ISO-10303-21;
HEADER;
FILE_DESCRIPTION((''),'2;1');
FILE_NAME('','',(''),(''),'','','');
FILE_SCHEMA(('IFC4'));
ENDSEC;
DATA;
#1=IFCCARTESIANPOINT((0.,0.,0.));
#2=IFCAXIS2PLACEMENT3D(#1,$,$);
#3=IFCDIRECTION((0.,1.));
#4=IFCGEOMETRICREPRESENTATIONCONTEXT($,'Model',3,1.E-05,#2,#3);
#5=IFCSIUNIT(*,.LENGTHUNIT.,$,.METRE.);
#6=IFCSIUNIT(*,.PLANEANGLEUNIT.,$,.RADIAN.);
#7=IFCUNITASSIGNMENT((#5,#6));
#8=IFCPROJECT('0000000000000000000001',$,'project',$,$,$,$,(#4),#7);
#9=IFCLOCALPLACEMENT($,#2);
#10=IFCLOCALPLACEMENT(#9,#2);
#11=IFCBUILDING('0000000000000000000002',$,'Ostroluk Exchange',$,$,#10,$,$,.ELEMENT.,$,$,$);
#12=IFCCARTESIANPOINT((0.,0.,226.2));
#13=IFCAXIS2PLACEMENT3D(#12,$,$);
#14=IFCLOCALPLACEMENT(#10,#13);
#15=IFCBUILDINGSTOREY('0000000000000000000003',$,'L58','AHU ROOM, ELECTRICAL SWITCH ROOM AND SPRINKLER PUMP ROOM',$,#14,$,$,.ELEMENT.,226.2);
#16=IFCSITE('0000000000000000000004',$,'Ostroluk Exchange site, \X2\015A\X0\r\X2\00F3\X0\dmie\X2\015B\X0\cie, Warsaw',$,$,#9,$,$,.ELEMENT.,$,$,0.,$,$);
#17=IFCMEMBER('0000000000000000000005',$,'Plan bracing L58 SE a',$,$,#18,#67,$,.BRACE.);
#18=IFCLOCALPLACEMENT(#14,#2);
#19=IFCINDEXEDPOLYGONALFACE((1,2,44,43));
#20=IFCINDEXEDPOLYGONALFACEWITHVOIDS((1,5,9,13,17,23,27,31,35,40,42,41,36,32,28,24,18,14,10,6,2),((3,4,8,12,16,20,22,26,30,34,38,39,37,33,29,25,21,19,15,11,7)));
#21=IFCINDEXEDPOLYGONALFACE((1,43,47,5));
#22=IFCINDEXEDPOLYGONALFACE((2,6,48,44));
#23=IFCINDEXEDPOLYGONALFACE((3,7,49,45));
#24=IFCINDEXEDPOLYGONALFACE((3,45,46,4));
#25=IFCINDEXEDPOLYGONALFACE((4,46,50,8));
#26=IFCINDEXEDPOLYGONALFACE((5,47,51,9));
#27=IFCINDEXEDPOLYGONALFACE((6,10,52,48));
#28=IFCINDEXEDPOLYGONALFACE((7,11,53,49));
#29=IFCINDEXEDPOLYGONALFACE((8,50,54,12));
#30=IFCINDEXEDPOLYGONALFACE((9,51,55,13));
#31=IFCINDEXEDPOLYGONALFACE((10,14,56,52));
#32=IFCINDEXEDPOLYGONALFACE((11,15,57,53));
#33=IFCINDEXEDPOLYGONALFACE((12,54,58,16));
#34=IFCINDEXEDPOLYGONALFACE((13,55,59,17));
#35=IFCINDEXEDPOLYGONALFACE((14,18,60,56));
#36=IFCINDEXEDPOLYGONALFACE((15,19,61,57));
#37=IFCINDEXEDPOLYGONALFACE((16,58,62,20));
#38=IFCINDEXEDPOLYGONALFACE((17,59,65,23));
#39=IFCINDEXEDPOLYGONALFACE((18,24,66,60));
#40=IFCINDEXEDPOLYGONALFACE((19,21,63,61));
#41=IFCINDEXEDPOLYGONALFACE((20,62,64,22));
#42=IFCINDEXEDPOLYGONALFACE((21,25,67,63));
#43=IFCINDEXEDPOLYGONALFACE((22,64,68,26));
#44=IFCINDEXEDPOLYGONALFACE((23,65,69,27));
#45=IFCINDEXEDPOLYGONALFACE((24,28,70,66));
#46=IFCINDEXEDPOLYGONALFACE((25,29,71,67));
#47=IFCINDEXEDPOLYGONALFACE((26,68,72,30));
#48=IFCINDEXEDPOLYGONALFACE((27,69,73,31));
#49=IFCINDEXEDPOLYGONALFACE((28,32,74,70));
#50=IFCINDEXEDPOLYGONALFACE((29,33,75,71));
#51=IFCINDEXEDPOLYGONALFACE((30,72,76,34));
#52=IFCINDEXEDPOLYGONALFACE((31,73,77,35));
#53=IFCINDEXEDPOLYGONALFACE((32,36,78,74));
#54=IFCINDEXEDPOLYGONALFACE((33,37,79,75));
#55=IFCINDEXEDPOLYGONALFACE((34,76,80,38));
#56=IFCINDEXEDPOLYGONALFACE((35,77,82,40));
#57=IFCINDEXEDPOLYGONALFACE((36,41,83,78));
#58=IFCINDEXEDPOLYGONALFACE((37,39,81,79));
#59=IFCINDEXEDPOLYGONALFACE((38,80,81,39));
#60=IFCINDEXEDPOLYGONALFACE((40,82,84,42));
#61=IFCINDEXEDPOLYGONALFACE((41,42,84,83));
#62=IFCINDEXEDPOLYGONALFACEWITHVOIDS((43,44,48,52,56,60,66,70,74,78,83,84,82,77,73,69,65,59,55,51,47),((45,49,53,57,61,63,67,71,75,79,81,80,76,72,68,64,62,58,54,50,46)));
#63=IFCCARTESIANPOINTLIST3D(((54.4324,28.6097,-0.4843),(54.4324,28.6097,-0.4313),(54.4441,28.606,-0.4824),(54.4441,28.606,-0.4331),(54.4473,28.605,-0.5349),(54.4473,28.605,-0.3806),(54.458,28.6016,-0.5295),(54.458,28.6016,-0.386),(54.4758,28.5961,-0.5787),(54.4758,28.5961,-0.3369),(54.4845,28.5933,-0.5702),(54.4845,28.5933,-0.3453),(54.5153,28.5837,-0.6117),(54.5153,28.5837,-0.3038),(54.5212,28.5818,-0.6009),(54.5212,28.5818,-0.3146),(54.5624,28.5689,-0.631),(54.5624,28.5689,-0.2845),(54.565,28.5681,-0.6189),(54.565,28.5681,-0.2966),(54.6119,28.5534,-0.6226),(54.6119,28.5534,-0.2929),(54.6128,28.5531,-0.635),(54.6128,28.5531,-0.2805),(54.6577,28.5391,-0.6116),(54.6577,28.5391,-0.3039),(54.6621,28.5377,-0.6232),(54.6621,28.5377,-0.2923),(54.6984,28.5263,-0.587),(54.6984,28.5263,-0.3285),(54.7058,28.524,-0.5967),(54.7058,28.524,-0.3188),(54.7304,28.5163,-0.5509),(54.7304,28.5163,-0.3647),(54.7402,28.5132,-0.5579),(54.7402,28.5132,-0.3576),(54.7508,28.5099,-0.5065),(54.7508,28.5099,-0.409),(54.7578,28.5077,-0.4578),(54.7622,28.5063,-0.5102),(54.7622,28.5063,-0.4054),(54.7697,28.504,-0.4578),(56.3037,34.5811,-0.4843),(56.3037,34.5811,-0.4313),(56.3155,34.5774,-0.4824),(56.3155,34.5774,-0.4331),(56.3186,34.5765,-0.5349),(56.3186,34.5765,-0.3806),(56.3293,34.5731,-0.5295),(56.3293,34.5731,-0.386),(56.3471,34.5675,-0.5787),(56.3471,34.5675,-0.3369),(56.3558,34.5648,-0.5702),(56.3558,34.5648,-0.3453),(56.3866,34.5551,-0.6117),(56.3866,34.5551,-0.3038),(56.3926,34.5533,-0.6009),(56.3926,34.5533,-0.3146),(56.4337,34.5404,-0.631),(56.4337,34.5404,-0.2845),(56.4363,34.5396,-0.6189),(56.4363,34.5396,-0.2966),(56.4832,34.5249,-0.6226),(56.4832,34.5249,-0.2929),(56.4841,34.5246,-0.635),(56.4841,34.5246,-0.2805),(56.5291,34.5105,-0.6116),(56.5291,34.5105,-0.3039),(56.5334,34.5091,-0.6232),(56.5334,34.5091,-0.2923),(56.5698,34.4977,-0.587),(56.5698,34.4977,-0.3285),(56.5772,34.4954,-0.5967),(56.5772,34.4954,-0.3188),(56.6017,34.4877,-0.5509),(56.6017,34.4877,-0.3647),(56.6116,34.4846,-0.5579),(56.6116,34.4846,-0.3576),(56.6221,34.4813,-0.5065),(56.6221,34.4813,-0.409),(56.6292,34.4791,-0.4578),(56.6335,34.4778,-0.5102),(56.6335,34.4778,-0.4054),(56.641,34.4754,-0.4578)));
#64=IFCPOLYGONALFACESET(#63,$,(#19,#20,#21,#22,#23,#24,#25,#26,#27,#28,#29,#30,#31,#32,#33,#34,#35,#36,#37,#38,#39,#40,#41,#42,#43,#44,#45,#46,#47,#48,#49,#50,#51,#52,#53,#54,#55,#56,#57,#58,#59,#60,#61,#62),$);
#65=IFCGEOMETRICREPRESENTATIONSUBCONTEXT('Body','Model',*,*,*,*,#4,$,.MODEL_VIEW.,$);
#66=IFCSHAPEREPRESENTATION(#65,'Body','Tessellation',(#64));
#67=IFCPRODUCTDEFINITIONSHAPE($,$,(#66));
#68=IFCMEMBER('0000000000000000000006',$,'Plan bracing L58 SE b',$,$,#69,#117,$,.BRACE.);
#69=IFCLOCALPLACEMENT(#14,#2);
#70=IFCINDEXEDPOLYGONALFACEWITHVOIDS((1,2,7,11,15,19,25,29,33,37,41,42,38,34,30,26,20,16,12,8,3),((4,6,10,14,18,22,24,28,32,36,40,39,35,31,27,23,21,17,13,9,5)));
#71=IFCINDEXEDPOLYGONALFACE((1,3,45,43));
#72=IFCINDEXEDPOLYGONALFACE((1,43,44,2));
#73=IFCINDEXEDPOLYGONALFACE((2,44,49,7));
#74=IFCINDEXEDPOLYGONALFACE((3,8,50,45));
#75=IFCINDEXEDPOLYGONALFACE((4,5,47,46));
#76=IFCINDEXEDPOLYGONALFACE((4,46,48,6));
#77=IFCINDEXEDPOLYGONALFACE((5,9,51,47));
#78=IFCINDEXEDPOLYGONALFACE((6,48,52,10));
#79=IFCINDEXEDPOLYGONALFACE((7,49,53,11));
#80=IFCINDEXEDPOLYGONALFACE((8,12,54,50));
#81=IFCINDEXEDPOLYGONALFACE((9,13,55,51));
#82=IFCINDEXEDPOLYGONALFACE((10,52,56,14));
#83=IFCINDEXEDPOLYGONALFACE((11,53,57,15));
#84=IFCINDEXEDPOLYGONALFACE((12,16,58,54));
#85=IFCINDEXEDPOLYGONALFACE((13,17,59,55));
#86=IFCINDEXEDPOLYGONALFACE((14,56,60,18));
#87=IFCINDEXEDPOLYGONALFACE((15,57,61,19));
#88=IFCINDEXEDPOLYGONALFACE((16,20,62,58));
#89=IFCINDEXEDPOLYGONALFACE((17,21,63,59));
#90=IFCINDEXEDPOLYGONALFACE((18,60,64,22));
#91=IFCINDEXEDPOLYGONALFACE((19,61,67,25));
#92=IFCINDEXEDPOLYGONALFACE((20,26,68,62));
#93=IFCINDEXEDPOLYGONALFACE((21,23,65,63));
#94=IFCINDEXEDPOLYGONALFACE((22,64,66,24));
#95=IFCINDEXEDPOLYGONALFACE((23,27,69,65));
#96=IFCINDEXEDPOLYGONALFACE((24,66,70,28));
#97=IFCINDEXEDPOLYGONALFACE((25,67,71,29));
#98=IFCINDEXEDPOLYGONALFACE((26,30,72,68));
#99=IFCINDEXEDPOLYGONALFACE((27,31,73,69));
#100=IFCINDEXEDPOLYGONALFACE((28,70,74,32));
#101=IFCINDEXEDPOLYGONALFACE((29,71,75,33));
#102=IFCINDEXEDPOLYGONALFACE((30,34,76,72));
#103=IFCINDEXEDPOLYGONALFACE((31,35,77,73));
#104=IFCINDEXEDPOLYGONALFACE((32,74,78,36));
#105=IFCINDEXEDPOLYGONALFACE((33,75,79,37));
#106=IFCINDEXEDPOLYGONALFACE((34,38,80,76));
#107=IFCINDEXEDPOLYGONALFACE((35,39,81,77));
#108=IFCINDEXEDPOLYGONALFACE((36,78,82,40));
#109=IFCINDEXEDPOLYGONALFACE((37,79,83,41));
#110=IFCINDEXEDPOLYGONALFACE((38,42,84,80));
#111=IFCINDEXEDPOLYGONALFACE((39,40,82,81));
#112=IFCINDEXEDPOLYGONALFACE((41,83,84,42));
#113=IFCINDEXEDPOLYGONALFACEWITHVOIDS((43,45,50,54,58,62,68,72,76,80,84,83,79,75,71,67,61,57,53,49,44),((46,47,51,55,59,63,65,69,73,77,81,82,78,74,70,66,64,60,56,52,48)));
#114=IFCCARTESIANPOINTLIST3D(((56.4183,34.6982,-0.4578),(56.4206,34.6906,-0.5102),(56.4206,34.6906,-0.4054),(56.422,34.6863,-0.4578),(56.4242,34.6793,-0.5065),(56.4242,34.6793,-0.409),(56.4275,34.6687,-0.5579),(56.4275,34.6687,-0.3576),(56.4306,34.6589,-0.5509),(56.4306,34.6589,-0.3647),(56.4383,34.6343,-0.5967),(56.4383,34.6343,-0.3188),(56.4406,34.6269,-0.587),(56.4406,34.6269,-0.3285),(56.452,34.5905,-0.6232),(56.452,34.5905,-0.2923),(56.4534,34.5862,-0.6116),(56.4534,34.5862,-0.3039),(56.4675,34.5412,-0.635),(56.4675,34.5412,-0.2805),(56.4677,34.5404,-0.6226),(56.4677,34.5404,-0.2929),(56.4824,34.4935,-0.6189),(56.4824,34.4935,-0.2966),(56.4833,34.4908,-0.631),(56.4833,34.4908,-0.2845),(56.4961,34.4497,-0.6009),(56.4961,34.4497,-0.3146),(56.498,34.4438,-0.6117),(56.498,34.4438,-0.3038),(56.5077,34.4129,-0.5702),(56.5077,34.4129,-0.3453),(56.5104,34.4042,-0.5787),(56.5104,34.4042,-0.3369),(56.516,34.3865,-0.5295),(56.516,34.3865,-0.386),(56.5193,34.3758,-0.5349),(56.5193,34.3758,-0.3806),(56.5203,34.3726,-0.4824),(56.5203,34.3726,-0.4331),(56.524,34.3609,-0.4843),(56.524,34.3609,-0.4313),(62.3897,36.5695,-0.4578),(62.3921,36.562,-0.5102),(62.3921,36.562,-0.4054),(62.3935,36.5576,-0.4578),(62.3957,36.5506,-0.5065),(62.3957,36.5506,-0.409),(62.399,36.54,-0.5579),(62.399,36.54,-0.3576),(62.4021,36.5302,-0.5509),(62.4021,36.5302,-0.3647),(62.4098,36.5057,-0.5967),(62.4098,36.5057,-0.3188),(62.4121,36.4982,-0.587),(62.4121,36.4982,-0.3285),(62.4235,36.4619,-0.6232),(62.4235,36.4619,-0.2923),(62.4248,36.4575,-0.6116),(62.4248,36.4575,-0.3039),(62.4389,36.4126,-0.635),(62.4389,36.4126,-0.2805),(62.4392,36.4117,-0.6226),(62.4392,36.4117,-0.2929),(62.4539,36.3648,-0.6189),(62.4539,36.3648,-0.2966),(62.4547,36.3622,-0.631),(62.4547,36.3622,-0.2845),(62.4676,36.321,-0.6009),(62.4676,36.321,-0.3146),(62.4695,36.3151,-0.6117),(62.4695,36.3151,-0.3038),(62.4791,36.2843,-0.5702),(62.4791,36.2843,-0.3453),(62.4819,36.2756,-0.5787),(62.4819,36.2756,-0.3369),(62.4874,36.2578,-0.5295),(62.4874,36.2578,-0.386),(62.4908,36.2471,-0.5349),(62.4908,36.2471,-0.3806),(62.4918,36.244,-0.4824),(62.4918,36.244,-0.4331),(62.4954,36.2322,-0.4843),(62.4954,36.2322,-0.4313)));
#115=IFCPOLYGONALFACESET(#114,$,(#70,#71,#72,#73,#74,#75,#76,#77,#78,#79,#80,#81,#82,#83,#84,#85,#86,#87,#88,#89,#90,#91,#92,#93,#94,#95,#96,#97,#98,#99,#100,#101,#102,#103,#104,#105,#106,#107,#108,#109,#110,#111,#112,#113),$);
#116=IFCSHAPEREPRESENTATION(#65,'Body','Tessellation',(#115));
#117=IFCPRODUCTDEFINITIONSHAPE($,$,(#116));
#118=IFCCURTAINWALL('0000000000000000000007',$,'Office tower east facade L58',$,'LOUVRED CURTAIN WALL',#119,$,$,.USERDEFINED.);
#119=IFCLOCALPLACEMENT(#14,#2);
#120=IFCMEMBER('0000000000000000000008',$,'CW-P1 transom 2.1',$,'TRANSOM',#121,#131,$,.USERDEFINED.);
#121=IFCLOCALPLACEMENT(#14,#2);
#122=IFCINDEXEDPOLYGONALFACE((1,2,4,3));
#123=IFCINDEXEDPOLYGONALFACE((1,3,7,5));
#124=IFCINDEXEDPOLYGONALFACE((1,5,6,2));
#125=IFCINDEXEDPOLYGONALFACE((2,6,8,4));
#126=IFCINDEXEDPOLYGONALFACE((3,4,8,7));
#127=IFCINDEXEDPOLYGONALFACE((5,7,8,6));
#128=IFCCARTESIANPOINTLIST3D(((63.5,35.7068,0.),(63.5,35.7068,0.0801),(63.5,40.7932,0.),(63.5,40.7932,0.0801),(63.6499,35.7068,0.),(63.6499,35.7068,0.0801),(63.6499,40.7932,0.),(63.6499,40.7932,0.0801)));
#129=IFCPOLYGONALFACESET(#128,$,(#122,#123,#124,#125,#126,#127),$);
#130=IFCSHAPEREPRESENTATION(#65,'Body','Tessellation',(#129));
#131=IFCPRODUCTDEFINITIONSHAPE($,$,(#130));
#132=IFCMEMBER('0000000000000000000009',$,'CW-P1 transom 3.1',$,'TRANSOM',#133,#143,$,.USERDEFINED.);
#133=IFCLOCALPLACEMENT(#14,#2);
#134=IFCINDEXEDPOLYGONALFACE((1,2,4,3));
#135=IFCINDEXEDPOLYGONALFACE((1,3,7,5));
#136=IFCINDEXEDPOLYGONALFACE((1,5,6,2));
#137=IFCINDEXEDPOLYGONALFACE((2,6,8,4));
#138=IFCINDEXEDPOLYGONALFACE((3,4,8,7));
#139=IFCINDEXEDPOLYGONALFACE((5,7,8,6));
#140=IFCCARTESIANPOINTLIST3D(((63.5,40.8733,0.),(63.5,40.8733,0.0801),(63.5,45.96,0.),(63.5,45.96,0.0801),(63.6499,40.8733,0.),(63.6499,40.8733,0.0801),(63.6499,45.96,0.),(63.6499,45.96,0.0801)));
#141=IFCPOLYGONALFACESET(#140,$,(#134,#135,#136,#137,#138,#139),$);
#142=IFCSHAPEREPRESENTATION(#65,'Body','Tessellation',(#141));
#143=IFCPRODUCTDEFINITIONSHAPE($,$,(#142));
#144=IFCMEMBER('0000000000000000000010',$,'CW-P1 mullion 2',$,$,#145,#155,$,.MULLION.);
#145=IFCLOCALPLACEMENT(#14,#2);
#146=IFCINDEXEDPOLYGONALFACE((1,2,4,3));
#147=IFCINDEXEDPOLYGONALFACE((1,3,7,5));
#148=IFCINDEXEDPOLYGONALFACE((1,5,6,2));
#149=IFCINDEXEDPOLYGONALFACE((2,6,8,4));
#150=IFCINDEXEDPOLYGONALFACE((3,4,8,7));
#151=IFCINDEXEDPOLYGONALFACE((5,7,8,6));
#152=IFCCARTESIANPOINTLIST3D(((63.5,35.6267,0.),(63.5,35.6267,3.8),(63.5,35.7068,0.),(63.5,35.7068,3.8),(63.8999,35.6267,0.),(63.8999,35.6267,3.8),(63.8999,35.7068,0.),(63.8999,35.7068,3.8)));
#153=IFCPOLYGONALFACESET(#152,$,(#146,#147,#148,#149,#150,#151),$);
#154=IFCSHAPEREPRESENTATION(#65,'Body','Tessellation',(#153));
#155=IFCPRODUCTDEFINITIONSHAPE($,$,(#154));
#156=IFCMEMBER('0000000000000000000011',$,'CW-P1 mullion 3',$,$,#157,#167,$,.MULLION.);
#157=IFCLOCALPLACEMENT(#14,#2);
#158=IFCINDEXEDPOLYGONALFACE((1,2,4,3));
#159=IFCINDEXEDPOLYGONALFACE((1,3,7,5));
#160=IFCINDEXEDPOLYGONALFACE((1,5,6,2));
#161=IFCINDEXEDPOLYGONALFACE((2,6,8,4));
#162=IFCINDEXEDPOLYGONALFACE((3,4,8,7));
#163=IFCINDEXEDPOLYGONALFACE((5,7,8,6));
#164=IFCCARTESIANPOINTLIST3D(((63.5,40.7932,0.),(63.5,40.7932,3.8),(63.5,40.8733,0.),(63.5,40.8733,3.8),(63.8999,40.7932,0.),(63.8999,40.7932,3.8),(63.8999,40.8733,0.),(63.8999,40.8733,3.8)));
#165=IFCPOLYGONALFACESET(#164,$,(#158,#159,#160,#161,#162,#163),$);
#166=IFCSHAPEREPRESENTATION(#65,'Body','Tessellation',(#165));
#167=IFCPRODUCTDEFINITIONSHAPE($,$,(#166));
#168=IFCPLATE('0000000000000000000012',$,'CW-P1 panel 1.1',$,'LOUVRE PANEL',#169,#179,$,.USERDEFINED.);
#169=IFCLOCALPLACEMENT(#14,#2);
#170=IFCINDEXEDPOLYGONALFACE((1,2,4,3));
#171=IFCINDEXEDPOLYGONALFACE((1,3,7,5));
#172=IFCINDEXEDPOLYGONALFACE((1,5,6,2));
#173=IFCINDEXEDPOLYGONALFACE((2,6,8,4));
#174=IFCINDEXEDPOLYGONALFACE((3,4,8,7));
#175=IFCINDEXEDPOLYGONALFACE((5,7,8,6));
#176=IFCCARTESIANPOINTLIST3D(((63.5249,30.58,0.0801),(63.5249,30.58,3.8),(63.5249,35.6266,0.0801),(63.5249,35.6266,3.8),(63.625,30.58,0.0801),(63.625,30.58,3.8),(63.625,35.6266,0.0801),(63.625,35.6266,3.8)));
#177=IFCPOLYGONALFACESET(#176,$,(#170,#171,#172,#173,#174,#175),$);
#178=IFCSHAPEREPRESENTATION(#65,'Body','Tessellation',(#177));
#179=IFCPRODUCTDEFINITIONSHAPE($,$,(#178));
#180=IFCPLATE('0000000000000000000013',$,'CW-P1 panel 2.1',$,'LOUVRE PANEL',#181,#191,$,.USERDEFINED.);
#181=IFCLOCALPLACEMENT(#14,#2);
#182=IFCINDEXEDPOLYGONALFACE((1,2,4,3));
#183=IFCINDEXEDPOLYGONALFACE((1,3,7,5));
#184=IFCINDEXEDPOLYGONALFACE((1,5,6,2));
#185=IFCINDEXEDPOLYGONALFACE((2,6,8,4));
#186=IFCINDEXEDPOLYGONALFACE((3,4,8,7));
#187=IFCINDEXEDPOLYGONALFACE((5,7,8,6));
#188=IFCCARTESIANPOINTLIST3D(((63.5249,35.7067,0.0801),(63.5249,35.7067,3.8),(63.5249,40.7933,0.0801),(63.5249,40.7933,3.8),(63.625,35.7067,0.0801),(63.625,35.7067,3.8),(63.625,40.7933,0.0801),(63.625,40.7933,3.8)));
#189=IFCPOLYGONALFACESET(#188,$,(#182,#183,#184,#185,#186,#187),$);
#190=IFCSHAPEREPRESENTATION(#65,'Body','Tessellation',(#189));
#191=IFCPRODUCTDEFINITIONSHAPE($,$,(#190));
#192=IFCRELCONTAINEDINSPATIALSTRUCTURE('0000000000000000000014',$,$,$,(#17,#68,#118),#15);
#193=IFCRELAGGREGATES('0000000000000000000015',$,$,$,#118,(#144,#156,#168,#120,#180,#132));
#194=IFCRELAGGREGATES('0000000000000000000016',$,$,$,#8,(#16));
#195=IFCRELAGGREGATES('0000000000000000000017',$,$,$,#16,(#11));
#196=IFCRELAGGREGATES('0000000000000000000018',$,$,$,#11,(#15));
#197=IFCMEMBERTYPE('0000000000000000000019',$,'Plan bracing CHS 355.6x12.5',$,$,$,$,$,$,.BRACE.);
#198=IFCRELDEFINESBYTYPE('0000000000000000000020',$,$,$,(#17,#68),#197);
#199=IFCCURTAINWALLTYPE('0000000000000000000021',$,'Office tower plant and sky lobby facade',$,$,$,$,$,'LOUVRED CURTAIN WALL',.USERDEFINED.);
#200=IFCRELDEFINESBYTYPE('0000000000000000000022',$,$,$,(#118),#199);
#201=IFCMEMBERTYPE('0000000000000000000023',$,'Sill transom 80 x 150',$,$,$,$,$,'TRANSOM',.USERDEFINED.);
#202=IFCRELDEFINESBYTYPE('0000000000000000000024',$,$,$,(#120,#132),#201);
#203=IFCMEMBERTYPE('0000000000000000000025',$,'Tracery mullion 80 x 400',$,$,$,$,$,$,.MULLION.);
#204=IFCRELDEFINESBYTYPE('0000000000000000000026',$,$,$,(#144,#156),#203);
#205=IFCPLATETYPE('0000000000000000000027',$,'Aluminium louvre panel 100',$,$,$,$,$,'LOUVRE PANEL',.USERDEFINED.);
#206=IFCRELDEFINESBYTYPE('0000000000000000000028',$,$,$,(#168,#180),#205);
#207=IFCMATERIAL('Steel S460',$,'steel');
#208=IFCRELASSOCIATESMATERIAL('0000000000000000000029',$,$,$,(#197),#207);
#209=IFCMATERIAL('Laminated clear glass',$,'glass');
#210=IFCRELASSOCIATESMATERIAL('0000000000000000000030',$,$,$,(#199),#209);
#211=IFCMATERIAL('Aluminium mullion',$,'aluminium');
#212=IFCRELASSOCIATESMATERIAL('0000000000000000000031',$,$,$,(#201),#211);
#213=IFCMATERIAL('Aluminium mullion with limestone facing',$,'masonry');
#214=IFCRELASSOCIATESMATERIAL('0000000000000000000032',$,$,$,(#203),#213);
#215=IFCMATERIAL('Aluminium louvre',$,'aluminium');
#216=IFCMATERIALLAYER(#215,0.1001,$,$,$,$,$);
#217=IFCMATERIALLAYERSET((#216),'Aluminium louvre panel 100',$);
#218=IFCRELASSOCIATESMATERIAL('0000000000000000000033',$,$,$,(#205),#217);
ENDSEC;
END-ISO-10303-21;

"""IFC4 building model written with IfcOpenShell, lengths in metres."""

from ifc_helpers import new_model, si_unit, direction, frame, origin, origin_2d, place, context, subcontext, project, spatial, rectangle, hollow_circle, extrude, material, layer, layer_set, material_profile, profile_set, type_object, element, aggregate, save


model = new_model("IFC4")

# Units and contexts
model_context = context("Model", 3, precision=1e-05, world=origin(), true_north=direction((0.0, 1.0)))
body_context = subcontext(model_context, "Body", "Model", "MODEL_VIEW")
ifc_project = project(units=[si_unit("LENGTHUNIT", "METRE"), si_unit("PLANEANGLEUNIT", "RADIAN")], contexts=[model_context])

# Site, building, storey
site_placement = place(None, origin())
site = spatial("IfcSite", under=ifc_project, at=site_placement, Name="Ostroluk Exchange site, Śródmieście, Warsaw", CompositionType="ELEMENT", RefElevation=0.0)
building_placement = place(site_placement, origin())
building = spatial("IfcBuilding", under=site, at=building_placement, Name="Ostroluk Exchange", CompositionType="ELEMENT")
storey_placement = place(building_placement, frame((0.0, 0.0, 226.2)))
storey = spatial("IfcBuildingStorey", under=building, at=storey_placement, Name="L58", Description="AHU ROOM, ELECTRICAL SWITCH ROOM AND SPRINKLER PUMP ROOM", CompositionType="ELEMENT", Elevation=226.2)

# Members
ifc_material_1 = material(Name="Steel S460", Category="steel")
ifc_material_profile_1 = material_profile(ifc_material_1, hollow_circle(Radius=0.1777, WallThickness=0.0125, at=origin_2d()), Name="CHS 355.6x12.5")
ifc_profile_set_1 = profile_set([ifc_material_profile_1], Name="Steel S460")
member_type_1 = type_object("IfcMemberType", Name="Plan bracing CHS 355.6x12.5", PredefinedType="BRACE", material=ifc_profile_set_1)
for number, where, z_axis, x_axis, name in (
    (1, (56.4714, 34.5286, -0.4578), (-0.299041, -0.95424, 0.0), (0.95424, -0.299041, 0.0), "Plan bracing L58 SE a"),
    (2, (56.4714, 34.5286, -0.4578), (0.95424, 0.299041, 0.0), (-0.299041, 0.95424, 0.0), "Plan bracing L58 SE b"),
):
    element("IfcMember", number, at=place(storey_placement, frame(where, z_axis=z_axis, x_axis=x_axis)), inside=storey, type_object=member_type_1, Name=name, PredefinedType="BRACE", context=body_context, shape_type="SweptSolid", body=[
        extrude(hollow_circle(Radius=0.1777, WallThickness=0.0125, at=origin_2d()), origin(), (0.0, 0.0, 1.0), 6.2578),
    ])

# Curtain wall, members, plates
ifc_material_2 = material(Name="Laminated clear glass", Category="glass")
curtain_wall_type = type_object("IfcCurtainWallType", Name="Office tower plant and sky lobby facade", ElementType="LOUVRED CURTAIN WALL", PredefinedType="USERDEFINED", material=ifc_material_2)
curtain_wall_placement = place(storey_placement, origin())
curtain_wall = element("IfcCurtainWall", 3, at=curtain_wall_placement, inside=storey, type_object=curtain_wall_type, Name="Office tower east facade L58", ObjectType="LOUVRED CURTAIN WALL", PredefinedType="USERDEFINED")
ifc_material_3 = material(Name="Aluminium mullion", Category="aluminium")
ifc_material_profile_2 = material_profile(ifc_material_3, rectangle(XDim=0.1499, YDim=0.0801, at=origin_2d()), Name="Sill transom 80 x 150")
ifc_profile_set_2 = profile_set([ifc_material_profile_2], Name="Aluminium mullion")
member_type_2 = type_object("IfcMemberType", Name="Sill transom 80 x 150", ElementType="TRANSOM", PredefinedType="USERDEFINED", material=ifc_profile_set_2)
member_1_placement = place(storey_placement, frame((63.575, 35.7068, 0.04), z_axis=(0.0, 1.0, 0.0), x_axis=(-1.0, 0.0, 0.0)))
member_1 = element("IfcMember", 4, at=member_1_placement, type_object=member_type_2, Name="CW-P1 transom 2.1", ObjectType="TRANSOM", PredefinedType="USERDEFINED", context=body_context, shape_type="SweptSolid", body=[
    extrude(rectangle(XDim=0.1499, YDim=0.0801, at=origin_2d()), origin(), (0.0, 0.0, 1.0), 5.0864),
])
member_2_placement = place(storey_placement, frame((63.575, 40.8733, 0.04), z_axis=(0.0, 1.0, 0.0), x_axis=(-1.0, 0.0, 0.0)))
member_2 = element("IfcMember", 5, at=member_2_placement, type_object=member_type_2, Name="CW-P1 transom 3.1", ObjectType="TRANSOM", PredefinedType="USERDEFINED", context=body_context, shape_type="SweptSolid", body=[
    extrude(rectangle(XDim=0.1499, YDim=0.0801, at=origin_2d()), origin(), (0.0, 0.0, 1.0), 5.0867),
])
ifc_material_4 = material(Name="Aluminium mullion with limestone facing", Category="masonry")
ifc_material_profile_3 = material_profile(ifc_material_4, rectangle(XDim=0.3999, YDim=0.0801, at=origin_2d()), Name="Tracery mullion 80 x 400")
ifc_profile_set_3 = profile_set([ifc_material_profile_3], Name="Aluminium mullion with limestone facing")
member_type_3 = type_object("IfcMemberType", Name="Tracery mullion 80 x 400", PredefinedType="MULLION", material=ifc_profile_set_3)
member_3_placement = place(storey_placement, frame((63.7, 35.6667, 0.0), z_axis=(0.0, 0.0, 1.0), x_axis=(-1.0, 0.0, 0.0)))
member_3 = element("IfcMember", 6, at=member_3_placement, type_object=member_type_3, Name="CW-P1 mullion 2", PredefinedType="MULLION", context=body_context, shape_type="SweptSolid", body=[
    extrude(rectangle(XDim=0.3999, YDim=0.0801, at=origin_2d()), origin(), (0.0, 0.0, 1.0), 3.8),
])
member_4_placement = place(storey_placement, frame((63.7, 40.8333, 0.0), z_axis=(0.0, 0.0, 1.0), x_axis=(-1.0, 0.0, 0.0)))
member_4 = element("IfcMember", 7, at=member_4_placement, type_object=member_type_3, Name="CW-P1 mullion 3", PredefinedType="MULLION", context=body_context, shape_type="SweptSolid", body=[
    extrude(rectangle(XDim=0.3999, YDim=0.0801, at=origin_2d()), origin(), (0.0, 0.0, 1.0), 3.8),
])
ifc_material_5 = material(Name="Aluminium louvre", Category="aluminium")
ifc_layer_1 = layer(ifc_material_5, 0.1001)
ifc_layer_set_1 = layer_set([ifc_layer_1], Name="Aluminium louvre panel 100")
plate_type = type_object("IfcPlateType", Name="Aluminium louvre panel 100", ElementType="LOUVRE PANEL", PredefinedType="USERDEFINED", material=ifc_layer_set_1)
plate_1_placement = place(storey_placement, frame((63.575, 33.1033, 0.0801), z_axis=(0.0, 0.0, 1.0), x_axis=(0.0, 1.0, 0.0)))
plate_1 = element("IfcPlate", 8, at=plate_1_placement, type_object=plate_type, Name="CW-P1 panel 1.1", ObjectType="LOUVRE PANEL", PredefinedType="USERDEFINED", context=body_context, shape_type="SweptSolid", body=[
    extrude(rectangle(XDim=5.0466, YDim=0.1001, at=origin_2d()), origin(), (0.0, 0.0, 1.0), 3.72),
])
plate_2_placement = place(storey_placement, frame((63.575, 38.25, 0.0801), z_axis=(0.0, 0.0, 1.0), x_axis=(0.0, 1.0, 0.0)))
plate_2 = element("IfcPlate", 9, at=plate_2_placement, type_object=plate_type, Name="CW-P1 panel 2.1", ObjectType="LOUVRE PANEL", PredefinedType="USERDEFINED", context=body_context, shape_type="SweptSolid", body=[
    extrude(rectangle(XDim=5.0867, YDim=0.1001, at=origin_2d()), origin(), (0.0, 0.0, 1.0), 3.72),
])
aggregate(curtain_wall, [member_3, member_4, plate_1, member_1, plate_2, member_2])

save(model, "model.ifc")
